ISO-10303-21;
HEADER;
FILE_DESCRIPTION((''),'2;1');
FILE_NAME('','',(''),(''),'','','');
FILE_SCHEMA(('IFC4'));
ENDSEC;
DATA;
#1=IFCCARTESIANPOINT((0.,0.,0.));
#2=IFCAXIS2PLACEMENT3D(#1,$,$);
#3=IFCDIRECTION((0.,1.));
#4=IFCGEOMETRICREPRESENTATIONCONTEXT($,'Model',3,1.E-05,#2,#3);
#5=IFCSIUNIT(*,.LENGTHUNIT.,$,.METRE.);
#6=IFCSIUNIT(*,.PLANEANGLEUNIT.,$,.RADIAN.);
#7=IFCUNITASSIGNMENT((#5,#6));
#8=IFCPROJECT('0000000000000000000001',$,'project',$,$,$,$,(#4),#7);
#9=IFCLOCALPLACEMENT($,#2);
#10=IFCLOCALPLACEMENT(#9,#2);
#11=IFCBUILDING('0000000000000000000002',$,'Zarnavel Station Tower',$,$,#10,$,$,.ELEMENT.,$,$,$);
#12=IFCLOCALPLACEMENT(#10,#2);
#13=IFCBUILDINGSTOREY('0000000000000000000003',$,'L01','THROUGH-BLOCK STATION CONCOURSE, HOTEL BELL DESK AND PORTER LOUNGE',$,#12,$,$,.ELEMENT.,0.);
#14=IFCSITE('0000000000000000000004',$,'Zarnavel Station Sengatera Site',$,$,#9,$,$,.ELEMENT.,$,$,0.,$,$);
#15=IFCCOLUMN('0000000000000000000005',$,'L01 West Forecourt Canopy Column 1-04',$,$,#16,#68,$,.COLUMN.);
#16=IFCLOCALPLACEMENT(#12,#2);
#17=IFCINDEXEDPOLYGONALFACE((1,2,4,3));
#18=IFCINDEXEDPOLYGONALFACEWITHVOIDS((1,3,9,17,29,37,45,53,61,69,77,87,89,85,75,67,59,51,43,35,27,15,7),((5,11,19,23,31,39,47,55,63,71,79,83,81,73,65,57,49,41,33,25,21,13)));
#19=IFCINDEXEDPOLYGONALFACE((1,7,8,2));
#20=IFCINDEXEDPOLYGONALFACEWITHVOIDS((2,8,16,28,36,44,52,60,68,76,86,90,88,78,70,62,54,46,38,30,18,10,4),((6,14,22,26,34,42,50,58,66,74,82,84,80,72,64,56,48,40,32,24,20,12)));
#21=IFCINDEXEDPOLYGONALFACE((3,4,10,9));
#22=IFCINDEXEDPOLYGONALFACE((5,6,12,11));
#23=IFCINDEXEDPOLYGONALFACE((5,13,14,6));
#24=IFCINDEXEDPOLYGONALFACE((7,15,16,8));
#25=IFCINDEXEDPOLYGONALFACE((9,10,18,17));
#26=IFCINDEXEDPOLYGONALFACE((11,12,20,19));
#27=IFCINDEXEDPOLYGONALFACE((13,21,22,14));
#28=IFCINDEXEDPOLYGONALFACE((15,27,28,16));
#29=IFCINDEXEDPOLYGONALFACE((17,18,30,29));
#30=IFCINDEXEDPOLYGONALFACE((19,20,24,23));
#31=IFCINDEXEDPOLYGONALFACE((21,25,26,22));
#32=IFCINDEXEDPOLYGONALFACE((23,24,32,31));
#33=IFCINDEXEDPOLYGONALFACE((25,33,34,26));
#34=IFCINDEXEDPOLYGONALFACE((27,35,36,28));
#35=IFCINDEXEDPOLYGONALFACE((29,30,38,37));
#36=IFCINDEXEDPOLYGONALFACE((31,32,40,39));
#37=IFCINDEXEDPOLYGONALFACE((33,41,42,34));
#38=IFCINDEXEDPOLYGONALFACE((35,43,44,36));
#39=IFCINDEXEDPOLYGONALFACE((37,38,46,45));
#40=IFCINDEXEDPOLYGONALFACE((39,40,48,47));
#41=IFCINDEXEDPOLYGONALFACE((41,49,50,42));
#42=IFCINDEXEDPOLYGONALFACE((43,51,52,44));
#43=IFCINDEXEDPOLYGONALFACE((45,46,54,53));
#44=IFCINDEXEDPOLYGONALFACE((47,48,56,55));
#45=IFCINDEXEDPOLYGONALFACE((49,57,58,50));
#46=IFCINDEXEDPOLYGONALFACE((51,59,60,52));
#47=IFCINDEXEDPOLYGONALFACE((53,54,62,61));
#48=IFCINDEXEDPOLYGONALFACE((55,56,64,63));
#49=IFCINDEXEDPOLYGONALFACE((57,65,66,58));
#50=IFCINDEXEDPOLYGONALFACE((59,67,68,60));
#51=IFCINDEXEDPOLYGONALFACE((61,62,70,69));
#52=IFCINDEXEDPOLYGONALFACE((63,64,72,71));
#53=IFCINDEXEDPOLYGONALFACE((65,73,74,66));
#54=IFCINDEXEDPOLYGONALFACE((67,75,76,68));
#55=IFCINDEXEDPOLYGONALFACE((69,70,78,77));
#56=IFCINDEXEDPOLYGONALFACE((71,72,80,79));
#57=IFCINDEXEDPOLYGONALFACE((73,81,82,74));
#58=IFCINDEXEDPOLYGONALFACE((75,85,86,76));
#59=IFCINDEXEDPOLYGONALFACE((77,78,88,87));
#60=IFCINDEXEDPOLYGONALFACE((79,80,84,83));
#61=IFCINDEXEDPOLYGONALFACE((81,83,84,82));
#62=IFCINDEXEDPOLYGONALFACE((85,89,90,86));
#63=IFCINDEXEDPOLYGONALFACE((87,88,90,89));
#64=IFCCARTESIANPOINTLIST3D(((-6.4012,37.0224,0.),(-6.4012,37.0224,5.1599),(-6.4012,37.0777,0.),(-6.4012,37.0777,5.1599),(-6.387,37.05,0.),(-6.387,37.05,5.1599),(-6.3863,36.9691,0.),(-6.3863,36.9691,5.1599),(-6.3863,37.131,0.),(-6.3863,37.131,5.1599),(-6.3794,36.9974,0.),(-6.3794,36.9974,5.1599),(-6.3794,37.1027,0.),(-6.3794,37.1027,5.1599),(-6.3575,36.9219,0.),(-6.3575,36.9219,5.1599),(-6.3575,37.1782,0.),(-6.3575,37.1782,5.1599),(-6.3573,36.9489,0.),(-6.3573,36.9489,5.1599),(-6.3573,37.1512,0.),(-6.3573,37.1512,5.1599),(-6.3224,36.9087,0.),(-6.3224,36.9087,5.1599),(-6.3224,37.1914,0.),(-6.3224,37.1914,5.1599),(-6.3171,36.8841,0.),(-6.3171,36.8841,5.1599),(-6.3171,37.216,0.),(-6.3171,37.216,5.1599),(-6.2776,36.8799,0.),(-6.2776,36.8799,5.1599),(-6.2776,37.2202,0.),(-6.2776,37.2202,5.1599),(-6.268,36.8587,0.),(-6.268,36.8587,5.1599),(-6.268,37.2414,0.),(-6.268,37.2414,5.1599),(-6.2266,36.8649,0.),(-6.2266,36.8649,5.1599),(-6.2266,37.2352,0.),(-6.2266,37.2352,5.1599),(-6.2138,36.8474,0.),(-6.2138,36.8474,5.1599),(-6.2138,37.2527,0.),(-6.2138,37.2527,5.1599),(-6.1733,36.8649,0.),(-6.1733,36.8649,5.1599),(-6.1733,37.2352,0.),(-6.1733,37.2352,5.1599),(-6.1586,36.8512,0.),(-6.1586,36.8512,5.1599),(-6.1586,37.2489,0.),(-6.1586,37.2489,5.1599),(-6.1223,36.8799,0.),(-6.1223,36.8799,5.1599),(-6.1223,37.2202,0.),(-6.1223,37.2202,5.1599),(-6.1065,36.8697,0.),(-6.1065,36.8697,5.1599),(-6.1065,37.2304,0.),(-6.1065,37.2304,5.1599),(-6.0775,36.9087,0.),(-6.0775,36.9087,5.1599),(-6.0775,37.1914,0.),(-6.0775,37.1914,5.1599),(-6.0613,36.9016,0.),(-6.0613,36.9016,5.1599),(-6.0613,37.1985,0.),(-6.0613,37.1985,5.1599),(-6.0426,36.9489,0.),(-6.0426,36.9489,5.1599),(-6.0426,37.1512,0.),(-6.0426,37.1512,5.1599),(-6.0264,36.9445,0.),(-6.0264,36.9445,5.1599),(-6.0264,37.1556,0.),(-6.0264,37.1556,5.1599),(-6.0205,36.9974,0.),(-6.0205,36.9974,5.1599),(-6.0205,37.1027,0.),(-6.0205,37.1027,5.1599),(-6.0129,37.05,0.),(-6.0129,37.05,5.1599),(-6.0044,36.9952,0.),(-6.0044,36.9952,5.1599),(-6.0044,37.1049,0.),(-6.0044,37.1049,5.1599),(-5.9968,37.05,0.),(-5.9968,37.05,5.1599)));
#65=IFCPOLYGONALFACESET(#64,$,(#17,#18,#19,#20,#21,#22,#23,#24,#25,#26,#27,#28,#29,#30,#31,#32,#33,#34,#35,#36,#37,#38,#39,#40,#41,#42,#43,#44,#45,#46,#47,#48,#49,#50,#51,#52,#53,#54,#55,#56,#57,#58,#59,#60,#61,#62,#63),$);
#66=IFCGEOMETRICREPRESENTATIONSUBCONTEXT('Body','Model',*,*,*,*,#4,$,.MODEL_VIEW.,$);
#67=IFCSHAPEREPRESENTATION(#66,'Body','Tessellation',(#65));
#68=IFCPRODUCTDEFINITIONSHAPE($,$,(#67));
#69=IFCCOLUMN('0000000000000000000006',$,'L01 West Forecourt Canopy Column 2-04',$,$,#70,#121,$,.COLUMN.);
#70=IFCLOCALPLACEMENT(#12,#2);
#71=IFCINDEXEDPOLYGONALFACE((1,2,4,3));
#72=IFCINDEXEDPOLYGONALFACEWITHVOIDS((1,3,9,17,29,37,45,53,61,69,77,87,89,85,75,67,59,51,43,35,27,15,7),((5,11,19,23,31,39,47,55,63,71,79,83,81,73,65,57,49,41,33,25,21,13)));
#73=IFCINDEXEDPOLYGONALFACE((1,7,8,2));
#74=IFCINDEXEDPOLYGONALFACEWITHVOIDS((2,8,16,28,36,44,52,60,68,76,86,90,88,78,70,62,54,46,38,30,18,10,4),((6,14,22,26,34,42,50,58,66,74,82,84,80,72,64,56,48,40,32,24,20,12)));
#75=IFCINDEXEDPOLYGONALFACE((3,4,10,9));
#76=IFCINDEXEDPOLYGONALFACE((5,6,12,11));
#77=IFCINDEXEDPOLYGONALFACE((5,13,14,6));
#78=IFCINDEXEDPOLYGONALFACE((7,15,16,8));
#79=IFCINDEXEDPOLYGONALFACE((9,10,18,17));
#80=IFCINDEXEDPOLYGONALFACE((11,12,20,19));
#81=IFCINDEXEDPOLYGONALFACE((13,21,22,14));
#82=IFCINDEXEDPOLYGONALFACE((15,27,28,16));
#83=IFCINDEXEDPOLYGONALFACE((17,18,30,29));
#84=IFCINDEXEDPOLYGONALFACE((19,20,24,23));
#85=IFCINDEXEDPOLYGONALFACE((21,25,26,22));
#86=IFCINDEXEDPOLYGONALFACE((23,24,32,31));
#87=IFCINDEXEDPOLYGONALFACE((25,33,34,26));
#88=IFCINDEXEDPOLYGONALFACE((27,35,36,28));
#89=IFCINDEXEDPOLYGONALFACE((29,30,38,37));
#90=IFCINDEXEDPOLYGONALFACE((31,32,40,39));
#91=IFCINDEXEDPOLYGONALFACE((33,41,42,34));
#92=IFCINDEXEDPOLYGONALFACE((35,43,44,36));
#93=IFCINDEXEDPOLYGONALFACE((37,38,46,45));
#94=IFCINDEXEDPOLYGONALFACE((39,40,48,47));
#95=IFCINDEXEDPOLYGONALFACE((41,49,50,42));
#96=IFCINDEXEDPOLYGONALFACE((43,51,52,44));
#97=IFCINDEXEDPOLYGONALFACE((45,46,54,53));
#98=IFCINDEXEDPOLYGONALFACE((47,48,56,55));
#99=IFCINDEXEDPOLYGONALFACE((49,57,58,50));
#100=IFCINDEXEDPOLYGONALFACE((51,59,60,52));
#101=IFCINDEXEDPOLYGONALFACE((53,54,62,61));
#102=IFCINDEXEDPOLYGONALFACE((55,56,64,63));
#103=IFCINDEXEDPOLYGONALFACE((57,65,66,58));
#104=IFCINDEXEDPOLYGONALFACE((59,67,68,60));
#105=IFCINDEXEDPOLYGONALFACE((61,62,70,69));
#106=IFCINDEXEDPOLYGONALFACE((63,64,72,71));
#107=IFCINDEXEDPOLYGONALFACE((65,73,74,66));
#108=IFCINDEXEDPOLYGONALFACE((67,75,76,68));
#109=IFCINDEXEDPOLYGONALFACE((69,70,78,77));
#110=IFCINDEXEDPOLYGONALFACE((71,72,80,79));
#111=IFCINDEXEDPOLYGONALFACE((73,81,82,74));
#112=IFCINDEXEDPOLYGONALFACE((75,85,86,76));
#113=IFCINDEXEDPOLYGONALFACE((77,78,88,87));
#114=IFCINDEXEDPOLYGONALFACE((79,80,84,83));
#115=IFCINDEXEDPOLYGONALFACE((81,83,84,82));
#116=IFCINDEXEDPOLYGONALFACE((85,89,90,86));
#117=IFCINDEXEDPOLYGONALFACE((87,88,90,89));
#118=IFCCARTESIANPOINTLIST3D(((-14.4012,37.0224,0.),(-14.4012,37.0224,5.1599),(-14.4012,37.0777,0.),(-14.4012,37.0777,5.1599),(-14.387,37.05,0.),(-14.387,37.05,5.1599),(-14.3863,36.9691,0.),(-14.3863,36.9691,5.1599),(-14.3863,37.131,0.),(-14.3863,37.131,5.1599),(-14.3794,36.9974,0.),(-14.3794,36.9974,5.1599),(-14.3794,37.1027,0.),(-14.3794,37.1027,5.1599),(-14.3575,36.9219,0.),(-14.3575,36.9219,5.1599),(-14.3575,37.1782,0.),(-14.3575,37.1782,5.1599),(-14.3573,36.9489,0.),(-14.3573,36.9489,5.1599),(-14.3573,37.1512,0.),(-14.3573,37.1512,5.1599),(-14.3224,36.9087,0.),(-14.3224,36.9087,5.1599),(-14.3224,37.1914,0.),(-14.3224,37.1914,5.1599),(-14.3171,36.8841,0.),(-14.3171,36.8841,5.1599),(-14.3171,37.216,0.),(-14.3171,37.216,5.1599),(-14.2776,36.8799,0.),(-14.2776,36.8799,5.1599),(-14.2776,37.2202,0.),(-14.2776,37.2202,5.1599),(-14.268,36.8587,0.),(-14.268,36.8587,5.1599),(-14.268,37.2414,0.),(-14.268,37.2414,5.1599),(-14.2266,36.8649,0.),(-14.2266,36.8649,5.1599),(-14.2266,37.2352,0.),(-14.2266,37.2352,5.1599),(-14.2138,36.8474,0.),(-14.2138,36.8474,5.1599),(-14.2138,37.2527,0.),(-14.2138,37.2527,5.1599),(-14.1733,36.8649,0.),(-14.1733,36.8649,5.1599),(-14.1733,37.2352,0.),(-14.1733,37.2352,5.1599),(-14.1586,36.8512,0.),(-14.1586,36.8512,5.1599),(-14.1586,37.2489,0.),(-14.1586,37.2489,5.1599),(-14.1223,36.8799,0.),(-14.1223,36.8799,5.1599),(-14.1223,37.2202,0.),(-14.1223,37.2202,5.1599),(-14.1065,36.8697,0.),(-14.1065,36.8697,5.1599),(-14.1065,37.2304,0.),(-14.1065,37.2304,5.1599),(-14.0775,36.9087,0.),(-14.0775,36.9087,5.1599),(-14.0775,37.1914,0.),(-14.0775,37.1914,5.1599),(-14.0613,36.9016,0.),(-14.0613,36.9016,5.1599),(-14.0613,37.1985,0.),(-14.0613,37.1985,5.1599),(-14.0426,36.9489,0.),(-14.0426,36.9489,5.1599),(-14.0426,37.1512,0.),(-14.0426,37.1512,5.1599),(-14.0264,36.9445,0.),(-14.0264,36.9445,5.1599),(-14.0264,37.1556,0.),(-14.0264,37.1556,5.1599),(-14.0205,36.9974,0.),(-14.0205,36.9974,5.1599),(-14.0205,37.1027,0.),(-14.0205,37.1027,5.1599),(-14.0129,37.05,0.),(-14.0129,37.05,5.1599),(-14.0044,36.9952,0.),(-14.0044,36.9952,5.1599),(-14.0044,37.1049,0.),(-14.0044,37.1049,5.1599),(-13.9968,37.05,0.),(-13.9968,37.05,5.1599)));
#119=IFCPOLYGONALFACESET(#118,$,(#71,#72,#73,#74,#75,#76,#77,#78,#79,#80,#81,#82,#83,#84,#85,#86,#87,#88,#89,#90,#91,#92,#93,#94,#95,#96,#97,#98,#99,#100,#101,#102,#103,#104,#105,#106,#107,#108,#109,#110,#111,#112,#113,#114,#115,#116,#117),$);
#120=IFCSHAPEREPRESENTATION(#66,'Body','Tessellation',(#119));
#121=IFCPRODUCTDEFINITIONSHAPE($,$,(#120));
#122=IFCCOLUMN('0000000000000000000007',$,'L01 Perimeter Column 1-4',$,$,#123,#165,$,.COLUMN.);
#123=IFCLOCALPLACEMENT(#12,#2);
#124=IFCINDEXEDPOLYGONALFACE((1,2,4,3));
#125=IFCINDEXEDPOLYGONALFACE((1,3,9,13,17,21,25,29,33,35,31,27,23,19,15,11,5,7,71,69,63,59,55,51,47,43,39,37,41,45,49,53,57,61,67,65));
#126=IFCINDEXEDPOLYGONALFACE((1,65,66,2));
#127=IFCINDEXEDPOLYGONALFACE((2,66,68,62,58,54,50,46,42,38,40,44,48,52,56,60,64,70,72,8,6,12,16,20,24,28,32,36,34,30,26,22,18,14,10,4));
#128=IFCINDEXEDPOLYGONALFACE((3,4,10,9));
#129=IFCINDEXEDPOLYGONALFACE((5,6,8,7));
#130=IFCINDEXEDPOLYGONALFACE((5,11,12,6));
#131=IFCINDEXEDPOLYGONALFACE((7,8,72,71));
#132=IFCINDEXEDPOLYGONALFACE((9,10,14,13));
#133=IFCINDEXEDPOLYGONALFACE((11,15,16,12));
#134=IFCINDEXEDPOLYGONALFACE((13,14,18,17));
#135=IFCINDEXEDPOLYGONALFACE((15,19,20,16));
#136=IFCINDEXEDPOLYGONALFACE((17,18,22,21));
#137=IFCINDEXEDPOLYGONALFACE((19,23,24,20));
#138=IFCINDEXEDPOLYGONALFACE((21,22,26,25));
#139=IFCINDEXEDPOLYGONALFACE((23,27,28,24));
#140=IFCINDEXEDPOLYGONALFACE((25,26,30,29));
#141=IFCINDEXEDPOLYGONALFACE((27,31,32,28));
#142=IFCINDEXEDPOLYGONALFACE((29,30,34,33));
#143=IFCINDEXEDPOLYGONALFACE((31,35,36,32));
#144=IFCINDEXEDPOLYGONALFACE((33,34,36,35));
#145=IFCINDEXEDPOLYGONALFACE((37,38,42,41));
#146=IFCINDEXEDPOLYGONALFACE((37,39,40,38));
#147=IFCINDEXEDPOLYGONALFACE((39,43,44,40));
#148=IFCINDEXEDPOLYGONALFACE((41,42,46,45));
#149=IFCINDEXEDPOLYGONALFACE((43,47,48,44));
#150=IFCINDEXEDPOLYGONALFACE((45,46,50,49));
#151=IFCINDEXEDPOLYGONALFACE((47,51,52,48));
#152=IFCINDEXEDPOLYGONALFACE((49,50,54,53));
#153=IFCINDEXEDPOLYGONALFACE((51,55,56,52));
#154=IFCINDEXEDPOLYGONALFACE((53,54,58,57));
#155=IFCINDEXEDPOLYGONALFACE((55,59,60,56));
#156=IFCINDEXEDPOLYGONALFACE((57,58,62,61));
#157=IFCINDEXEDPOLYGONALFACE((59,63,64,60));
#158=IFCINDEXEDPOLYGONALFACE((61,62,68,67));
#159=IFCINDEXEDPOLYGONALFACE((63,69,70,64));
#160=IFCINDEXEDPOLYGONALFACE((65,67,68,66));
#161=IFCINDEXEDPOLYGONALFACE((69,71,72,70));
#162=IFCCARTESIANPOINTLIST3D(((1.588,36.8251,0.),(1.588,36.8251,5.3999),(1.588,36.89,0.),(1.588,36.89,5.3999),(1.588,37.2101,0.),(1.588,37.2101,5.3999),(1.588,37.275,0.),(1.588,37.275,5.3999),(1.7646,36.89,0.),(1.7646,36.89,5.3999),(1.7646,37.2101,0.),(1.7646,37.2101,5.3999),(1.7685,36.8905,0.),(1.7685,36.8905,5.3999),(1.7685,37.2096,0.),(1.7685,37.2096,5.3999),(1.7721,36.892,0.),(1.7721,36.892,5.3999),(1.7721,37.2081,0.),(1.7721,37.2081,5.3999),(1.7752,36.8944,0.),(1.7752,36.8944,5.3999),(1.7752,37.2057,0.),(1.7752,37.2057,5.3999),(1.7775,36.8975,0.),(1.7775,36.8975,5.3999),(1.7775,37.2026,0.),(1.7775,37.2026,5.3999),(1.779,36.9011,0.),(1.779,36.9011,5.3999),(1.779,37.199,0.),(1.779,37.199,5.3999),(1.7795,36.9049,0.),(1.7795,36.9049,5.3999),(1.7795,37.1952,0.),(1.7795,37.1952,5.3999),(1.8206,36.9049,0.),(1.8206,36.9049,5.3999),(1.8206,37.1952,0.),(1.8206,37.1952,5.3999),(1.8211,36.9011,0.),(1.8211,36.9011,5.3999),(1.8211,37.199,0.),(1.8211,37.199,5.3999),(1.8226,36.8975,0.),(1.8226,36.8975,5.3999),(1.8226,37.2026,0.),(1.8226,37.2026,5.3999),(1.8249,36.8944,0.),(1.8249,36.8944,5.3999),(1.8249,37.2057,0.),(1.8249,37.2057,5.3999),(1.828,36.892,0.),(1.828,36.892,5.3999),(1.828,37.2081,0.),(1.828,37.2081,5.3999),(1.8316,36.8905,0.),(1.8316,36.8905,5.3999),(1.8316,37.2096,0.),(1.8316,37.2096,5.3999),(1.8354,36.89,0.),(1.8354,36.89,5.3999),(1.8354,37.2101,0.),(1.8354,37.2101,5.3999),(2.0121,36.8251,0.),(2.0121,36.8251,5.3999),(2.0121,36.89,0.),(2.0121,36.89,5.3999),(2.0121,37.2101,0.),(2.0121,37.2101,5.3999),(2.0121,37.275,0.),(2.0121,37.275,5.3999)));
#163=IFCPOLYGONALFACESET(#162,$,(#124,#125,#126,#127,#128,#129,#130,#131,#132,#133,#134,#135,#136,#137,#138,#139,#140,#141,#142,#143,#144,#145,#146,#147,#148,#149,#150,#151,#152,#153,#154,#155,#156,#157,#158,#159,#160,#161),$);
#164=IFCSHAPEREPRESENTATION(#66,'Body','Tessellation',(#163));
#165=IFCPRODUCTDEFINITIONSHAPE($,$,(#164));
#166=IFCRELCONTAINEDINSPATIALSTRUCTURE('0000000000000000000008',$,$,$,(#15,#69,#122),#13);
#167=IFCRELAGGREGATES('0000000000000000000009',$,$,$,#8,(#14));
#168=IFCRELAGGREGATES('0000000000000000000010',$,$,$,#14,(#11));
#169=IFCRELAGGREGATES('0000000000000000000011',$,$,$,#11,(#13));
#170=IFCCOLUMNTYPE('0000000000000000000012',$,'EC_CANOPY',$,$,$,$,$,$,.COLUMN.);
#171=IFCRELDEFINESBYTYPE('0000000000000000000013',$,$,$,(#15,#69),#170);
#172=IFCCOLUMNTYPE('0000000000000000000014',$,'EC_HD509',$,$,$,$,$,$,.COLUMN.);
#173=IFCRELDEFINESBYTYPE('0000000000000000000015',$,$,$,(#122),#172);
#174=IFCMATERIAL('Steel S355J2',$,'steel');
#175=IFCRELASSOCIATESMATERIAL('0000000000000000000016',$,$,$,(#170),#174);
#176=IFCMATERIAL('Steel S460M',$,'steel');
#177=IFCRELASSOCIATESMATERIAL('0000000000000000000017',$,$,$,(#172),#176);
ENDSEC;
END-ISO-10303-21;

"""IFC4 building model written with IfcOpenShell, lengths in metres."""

from ifc_helpers import new_model, si_unit, direction, frame, origin, origin_2d, place, context, subcontext, project, spatial, hollow_circle, i_section, extrude, material, material_profile, profile_set, type_object, element, save


model = new_model("IFC4")

# Units and contexts
model_context = context("Model", 3, precision=1e-05, world=origin(), true_north=direction((0.0, 1.0)))
body_context = subcontext(model_context, "Body", "Model", "MODEL_VIEW")
ifc_project = project(units=[si_unit("LENGTHUNIT", "METRE"), si_unit("PLANEANGLEUNIT", "RADIAN")], contexts=[model_context])

# Site, building, storey
site_placement = place(None, origin())
site = spatial("IfcSite", under=ifc_project, at=site_placement, Name="Zarnavel Station Sengatera Site", CompositionType="ELEMENT", RefElevation=0.0)
building_placement = place(site_placement, origin())
building = spatial("IfcBuilding", under=site, at=building_placement, Name="Zarnavel Station Tower", CompositionType="ELEMENT")
storey_placement = place(building_placement, origin())
storey = spatial("IfcBuildingStorey", under=building, at=storey_placement, Name="L01", Description="THROUGH-BLOCK STATION CONCOURSE, HOTEL BELL DESK AND PORTER LOUNGE", CompositionType="ELEMENT", Elevation=0.0)

# Columns
ifc_material_1 = material(Name="Steel S355J2", Category="steel")
ifc_material_profile_1 = material_profile(ifc_material_1, hollow_circle(Radius=0.2031, WallThickness=0.0161, at=origin_2d()), Name="CHS406.4x16")
ifc_profile_set_1 = profile_set([ifc_material_profile_1], Name="Steel S355J2")
column_type_1 = type_object("IfcColumnType", Name="EC_CANOPY", PredefinedType="COLUMN", material=ifc_profile_set_1)
for number, where, z_axis, x_axis, name in (
    (1, (-6.2, 37.05, 0.0), (0.0, 0.0, 1.0), (1.0, 0.0, 0.0), "L01 West Forecourt Canopy Column 1-04"),
    (2, (-14.2, 37.05, 0.0), (0.0, 0.0, 1.0), (1.0, 0.0, 0.0), "L01 West Forecourt Canopy Column 2-04"),
):
    element("IfcColumn", number, at=place(storey_placement, frame(where, z_axis=z_axis, x_axis=x_axis)), inside=storey, type_object=column_type_1, Name=name, PredefinedType="COLUMN", context=body_context, shape_type="SweptSolid", body=[
        extrude(hollow_circle(Radius=0.2031, WallThickness=0.0161, at=origin_2d()), origin(), (0.0, 0.0, 1.0), 5.1599),
    ])
ifc_material_2 = material(Name="Steel S460M", Category="steel")
ifc_material_profile_2 = material_profile(ifc_material_2, i_section(OverallWidth=0.4241, OverallDepth=0.45, WebThickness=0.041, FlangeThickness=0.0649, FilletRadius=0.0149, at=origin_2d()), Name="HD400x509")
ifc_profile_set_2 = profile_set([ifc_material_profile_2], Name="Steel S460M")
column_type_2 = type_object("IfcColumnType", Name="EC_HD509", PredefinedType="COLUMN", material=ifc_profile_set_2)
for number, where, z_axis, x_axis, name in (
    (3, (1.8, 37.05, 0.0), (0.0, 0.0, 1.0), (1.0, 0.0, 0.0), "L01 Perimeter Column 1-4"),
):
    element("IfcColumn", number, at=place(storey_placement, frame(where, z_axis=z_axis, x_axis=x_axis)), inside=storey, type_object=column_type_2, Name=name, PredefinedType="COLUMN", context=body_context, shape_type="SweptSolid", body=[
        extrude(i_section(OverallWidth=0.4241, OverallDepth=0.45, WebThickness=0.041, FlangeThickness=0.0649, FilletRadius=0.0149, at=origin_2d()), origin(), (0.0, 0.0, 1.0), 5.3999),
    ])

save(model, "model.ifc")
